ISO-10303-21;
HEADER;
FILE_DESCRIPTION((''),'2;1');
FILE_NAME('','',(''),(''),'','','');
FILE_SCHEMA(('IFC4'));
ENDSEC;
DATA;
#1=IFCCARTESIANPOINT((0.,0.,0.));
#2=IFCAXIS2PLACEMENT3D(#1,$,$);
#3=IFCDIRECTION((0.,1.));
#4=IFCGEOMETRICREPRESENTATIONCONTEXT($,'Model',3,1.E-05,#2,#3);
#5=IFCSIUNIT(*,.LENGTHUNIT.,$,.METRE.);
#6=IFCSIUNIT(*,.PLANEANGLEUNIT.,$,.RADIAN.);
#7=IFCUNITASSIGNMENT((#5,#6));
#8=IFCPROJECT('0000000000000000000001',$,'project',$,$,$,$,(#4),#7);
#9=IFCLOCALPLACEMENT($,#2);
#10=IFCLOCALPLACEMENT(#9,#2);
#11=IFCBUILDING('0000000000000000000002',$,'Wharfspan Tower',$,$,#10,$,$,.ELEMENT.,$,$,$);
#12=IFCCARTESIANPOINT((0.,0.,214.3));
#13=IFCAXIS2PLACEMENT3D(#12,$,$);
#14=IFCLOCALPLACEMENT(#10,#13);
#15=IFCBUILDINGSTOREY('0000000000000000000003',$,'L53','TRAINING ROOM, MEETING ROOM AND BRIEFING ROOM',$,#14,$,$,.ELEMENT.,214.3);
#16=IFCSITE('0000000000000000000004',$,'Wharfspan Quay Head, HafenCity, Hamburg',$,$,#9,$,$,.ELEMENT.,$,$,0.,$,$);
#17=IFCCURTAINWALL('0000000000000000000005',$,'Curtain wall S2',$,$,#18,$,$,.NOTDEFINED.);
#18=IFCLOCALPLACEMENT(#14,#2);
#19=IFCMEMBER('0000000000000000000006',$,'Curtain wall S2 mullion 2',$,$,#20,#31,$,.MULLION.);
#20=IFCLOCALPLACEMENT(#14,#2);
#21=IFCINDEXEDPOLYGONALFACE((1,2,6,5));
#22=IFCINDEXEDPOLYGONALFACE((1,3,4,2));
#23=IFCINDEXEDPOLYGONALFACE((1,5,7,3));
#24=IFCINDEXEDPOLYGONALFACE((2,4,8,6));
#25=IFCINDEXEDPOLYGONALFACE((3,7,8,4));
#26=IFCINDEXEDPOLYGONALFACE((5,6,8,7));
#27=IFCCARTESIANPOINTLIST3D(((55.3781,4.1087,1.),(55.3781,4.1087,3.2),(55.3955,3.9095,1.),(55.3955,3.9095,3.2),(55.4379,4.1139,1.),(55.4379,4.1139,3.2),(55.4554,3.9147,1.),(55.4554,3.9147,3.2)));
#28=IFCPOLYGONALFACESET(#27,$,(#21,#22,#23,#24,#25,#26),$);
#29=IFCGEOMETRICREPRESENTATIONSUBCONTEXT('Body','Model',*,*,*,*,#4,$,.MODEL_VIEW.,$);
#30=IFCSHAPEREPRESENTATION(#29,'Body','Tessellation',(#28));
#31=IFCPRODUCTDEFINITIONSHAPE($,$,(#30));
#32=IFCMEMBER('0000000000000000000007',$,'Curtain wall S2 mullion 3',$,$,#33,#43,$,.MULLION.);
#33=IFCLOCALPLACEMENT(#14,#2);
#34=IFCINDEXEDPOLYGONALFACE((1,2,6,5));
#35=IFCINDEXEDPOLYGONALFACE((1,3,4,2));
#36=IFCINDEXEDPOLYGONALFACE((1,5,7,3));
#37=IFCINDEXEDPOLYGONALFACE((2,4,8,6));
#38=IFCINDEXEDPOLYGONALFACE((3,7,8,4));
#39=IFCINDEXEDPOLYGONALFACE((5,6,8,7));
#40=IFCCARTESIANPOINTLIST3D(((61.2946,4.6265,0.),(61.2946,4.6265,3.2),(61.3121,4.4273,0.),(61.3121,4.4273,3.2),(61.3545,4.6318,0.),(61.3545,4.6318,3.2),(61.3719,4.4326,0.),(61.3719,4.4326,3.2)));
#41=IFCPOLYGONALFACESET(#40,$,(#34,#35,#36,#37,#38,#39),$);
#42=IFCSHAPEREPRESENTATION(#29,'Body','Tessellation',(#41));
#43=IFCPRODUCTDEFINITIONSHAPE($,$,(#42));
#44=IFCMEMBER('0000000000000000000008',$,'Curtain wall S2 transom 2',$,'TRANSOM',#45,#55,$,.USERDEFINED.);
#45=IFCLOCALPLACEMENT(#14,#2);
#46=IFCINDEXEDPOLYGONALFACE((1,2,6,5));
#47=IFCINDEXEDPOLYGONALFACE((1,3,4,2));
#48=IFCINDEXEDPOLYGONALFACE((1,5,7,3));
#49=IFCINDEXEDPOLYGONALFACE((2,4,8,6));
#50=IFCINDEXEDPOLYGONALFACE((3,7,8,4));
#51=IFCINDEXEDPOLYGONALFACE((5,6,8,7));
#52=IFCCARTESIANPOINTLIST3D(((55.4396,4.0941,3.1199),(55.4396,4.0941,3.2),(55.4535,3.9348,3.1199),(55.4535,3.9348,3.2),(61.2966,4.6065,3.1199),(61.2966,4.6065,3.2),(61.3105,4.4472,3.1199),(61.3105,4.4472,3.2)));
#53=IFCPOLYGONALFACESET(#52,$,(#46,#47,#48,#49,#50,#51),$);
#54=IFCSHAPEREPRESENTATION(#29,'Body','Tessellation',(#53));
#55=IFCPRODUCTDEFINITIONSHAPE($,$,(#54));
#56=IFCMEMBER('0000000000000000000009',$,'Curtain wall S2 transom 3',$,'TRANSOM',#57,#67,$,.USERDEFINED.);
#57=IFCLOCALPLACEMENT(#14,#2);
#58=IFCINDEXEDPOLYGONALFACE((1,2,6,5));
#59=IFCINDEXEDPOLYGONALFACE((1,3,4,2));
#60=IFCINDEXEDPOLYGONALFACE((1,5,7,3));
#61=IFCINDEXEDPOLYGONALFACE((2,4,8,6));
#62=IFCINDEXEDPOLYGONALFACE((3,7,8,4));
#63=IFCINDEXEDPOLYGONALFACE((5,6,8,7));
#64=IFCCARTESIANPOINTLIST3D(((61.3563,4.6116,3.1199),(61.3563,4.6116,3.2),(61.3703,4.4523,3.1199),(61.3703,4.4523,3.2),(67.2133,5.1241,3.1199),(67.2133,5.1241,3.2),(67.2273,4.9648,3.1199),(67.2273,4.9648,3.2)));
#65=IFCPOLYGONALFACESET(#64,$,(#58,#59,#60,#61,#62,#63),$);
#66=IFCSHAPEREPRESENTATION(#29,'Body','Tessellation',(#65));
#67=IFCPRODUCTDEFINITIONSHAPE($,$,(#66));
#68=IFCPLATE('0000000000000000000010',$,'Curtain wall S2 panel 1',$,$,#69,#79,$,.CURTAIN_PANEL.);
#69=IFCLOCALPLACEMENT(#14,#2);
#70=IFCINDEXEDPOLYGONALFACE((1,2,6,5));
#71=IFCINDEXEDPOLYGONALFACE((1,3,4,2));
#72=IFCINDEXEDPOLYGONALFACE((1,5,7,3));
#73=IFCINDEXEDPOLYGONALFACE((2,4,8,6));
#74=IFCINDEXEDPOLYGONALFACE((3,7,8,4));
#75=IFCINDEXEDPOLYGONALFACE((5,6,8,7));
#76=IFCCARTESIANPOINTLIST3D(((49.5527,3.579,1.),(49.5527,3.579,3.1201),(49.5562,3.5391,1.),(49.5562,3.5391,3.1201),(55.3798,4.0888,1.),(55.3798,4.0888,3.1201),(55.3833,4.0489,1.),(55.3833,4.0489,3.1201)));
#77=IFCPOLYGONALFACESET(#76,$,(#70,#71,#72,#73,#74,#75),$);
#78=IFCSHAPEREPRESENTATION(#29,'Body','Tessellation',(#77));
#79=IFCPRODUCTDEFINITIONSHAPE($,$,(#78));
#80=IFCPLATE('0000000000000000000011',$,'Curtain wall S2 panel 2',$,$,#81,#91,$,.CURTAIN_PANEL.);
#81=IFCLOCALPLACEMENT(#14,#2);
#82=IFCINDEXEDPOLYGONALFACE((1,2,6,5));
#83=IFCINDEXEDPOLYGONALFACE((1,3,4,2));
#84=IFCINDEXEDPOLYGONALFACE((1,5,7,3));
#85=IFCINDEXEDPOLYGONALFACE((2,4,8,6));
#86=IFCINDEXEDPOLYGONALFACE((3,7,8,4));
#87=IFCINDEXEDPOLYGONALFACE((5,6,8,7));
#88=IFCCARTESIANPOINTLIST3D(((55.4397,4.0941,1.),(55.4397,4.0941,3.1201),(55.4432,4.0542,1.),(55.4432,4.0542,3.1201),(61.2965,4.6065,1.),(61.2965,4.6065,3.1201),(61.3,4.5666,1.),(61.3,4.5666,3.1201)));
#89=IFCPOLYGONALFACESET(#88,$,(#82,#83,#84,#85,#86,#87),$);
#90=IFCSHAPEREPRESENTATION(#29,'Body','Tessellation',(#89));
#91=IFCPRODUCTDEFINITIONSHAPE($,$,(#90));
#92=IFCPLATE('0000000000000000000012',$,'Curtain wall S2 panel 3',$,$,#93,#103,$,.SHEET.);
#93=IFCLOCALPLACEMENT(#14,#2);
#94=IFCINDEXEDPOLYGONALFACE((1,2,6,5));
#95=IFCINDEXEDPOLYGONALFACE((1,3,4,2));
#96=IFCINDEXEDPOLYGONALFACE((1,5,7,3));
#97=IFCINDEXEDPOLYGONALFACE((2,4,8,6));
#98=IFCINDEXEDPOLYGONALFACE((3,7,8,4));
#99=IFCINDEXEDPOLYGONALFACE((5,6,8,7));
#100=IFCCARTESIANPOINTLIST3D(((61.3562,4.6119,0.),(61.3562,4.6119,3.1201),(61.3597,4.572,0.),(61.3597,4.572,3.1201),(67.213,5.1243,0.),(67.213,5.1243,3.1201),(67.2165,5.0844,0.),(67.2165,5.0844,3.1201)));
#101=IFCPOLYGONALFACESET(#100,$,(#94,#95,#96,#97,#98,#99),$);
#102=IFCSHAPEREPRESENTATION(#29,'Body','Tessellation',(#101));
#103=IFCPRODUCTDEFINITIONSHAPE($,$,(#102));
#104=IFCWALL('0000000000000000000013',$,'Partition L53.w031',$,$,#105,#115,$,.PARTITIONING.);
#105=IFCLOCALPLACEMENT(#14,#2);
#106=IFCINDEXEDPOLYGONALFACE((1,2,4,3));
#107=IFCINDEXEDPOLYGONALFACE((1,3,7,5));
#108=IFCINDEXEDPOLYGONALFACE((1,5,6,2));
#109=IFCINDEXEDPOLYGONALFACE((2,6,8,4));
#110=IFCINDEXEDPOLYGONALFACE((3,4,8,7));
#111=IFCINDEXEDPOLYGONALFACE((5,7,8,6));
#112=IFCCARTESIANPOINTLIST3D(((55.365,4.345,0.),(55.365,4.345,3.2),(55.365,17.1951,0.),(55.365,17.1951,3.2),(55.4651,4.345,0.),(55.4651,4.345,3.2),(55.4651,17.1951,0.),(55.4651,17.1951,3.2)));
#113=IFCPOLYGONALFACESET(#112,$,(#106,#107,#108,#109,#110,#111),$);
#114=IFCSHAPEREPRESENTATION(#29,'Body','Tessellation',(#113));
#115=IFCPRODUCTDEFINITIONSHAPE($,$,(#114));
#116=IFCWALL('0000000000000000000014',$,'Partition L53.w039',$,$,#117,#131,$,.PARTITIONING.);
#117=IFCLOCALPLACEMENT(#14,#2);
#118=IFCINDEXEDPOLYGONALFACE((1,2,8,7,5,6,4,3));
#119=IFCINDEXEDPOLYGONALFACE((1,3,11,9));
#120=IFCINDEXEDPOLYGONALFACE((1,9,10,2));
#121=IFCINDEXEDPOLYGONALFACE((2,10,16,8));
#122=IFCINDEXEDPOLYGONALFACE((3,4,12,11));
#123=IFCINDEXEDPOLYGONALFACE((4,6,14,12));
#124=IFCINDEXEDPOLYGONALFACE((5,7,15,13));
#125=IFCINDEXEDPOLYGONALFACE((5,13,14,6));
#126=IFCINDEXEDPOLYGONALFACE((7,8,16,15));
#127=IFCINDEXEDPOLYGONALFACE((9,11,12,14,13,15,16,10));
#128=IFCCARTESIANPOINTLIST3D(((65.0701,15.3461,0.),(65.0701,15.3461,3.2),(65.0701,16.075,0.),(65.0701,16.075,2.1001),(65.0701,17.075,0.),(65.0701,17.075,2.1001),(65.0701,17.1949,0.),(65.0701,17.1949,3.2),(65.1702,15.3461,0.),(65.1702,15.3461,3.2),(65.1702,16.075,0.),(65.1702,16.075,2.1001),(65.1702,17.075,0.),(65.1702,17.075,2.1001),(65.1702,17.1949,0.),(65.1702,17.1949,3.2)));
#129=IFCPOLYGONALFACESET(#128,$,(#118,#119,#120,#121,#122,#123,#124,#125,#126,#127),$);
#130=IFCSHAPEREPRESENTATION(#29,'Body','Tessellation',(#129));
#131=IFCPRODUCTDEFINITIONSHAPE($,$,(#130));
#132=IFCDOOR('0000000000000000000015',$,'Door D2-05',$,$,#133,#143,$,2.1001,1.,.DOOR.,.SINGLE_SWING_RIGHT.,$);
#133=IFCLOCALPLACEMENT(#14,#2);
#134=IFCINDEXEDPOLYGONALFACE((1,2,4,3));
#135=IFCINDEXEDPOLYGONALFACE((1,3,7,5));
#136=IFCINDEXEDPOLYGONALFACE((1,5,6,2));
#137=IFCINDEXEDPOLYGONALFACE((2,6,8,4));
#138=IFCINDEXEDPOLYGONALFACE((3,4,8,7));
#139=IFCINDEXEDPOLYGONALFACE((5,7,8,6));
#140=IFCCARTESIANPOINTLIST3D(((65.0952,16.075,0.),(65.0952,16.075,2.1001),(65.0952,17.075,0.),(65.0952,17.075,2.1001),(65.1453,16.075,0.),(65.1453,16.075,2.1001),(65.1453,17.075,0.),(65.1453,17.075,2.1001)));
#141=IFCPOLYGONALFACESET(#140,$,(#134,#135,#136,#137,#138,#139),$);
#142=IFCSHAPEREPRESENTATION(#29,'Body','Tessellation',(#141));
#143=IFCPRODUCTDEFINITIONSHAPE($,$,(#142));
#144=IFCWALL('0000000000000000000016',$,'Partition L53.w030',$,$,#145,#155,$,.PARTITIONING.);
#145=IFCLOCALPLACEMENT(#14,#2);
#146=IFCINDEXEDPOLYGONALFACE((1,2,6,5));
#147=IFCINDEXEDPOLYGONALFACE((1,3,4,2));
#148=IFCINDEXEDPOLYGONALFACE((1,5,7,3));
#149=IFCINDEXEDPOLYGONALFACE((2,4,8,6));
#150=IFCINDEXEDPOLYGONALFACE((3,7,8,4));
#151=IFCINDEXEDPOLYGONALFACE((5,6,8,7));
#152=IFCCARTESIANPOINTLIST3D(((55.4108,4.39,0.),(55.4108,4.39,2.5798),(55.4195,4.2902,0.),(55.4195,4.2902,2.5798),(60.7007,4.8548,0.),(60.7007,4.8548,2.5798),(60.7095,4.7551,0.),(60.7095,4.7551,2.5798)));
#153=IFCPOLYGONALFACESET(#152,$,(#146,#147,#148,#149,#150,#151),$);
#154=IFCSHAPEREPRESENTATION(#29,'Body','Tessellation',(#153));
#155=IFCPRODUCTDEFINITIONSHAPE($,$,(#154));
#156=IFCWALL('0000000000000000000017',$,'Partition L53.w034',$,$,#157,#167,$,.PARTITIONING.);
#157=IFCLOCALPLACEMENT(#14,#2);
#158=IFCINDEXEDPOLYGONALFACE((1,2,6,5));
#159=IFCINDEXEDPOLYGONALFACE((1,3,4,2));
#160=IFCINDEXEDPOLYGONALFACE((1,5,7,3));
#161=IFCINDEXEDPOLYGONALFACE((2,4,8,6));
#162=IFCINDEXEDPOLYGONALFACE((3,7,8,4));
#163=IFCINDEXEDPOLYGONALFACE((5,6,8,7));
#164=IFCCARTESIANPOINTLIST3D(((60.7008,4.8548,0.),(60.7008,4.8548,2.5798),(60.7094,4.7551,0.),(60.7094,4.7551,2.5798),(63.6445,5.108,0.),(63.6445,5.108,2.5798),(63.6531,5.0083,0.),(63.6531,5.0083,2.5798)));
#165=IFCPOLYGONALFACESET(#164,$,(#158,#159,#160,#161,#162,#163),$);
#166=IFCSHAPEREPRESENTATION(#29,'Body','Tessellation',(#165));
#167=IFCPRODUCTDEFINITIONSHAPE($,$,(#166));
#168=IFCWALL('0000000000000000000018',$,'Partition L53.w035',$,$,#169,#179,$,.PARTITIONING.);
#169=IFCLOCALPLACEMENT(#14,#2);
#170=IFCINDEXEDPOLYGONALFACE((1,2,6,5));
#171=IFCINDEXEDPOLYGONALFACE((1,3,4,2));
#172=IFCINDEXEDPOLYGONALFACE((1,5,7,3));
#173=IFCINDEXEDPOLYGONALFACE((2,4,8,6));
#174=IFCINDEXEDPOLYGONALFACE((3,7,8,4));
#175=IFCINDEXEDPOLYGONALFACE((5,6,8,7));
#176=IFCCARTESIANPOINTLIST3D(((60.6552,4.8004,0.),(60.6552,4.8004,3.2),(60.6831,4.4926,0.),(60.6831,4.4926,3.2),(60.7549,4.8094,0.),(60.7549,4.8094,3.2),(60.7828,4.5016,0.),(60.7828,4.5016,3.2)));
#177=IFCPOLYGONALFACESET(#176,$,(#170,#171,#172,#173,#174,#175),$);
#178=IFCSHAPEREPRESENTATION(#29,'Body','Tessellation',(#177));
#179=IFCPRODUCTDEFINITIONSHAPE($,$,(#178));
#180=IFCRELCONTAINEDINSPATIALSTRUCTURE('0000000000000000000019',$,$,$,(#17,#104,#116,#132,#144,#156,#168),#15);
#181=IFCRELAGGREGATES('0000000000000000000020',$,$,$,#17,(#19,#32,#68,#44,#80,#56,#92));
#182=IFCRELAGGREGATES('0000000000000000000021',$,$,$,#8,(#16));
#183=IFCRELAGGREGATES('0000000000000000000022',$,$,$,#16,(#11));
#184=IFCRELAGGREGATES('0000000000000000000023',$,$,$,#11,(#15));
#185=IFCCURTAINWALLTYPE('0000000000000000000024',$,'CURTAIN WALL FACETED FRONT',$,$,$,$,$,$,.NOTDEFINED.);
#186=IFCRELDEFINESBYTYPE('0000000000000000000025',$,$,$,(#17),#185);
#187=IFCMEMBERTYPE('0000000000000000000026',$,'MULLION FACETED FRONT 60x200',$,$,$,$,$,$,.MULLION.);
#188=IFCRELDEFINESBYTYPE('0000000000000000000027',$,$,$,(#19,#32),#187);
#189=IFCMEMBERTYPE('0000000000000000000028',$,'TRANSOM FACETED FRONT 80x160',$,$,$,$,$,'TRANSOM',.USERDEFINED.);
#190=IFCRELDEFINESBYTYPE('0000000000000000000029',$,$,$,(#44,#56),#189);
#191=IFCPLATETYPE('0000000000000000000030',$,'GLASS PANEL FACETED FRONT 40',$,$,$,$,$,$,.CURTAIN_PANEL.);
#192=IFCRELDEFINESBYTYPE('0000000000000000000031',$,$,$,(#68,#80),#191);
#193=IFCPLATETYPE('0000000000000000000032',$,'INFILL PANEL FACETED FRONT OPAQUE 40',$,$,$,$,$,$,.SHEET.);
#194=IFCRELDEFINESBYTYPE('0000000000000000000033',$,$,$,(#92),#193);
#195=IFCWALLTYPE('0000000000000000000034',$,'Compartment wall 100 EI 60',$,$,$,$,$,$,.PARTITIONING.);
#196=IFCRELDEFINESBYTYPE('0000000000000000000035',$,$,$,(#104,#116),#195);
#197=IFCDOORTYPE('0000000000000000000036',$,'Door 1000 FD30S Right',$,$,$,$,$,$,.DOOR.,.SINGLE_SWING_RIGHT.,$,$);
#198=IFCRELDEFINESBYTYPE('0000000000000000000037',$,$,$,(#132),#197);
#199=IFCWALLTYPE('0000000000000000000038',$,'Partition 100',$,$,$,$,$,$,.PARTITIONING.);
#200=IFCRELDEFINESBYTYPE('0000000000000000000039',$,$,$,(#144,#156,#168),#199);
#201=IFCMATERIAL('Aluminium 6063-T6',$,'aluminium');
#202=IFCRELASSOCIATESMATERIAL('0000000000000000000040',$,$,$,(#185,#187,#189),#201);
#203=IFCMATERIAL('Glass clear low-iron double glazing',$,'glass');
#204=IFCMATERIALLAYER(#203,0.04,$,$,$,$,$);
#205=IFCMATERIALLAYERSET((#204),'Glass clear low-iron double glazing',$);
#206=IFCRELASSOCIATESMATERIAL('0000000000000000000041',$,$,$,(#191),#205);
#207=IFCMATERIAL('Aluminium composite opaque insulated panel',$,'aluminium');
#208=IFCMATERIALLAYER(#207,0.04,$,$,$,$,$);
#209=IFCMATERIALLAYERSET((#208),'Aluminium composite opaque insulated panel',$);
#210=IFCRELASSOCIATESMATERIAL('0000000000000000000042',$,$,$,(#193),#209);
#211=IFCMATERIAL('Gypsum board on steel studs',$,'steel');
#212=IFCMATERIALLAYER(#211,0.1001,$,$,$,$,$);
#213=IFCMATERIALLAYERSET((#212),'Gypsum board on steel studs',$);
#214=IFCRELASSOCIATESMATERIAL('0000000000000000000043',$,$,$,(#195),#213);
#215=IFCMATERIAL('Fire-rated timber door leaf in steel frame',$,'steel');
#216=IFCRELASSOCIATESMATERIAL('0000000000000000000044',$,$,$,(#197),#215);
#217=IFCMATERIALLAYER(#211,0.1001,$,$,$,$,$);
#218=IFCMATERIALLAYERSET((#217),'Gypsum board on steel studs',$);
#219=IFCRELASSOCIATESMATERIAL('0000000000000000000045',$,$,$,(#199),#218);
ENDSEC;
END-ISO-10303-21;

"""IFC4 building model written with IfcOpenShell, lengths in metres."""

from ifc_helpers import new_model, si_unit, direction, frame, frame_2d, origin, origin_2d, place, context, subcontext, project, spatial, rectangle, extrude, material, layer, layer_set, material_profile, profile_set, type_object, element, fill, aggregate, save


model = new_model("IFC4")

# Units and contexts
model_context = context("Model", 3, precision=1e-05, world=origin(), true_north=direction((0.0, 1.0)))
body_context = subcontext(model_context, "Body", "Model", "MODEL_VIEW")
ifc_project = project(units=[si_unit("LENGTHUNIT", "METRE"), si_unit("PLANEANGLEUNIT", "RADIAN")], contexts=[model_context])

# Site, building, storey
site_placement = place(None, origin())
site = spatial("IfcSite", under=ifc_project, at=site_placement, Name="Wharfspan Quay Head, HafenCity, Hamburg", CompositionType="ELEMENT", RefElevation=0.0)
building_placement = place(site_placement, origin())
building = spatial("IfcBuilding", under=site, at=building_placement, Name="Wharfspan Tower", CompositionType="ELEMENT")
storey_placement = place(building_placement, frame((0.0, 0.0, 214.3)))
storey = spatial("IfcBuildingStorey", under=building, at=storey_placement, Name="L53", Description="TRAINING ROOM, MEETING ROOM AND BRIEFING ROOM", CompositionType="ELEMENT", Elevation=214.3)

# Curtain wall, members, plates
ifc_material_1 = material(Name="Aluminium 6063-T6", Category="aluminium")
curtain_wall_type = type_object("IfcCurtainWallType", Name="CURTAIN WALL FACETED FRONT", PredefinedType="NOTDEFINED", material=ifc_material_1)
curtain_wall_placement = place(storey_placement, origin())
curtain_wall = element("IfcCurtainWall", 1, at=curtain_wall_placement, inside=storey, type_object=curtain_wall_type, Name="Curtain wall S2", PredefinedType="NOTDEFINED")
ifc_material_profile_1 = material_profile(ifc_material_1, rectangle(XDim=0.2, YDim=0.0601, at=origin_2d()))
ifc_profile_set_1 = profile_set([ifc_material_profile_1], Name="Aluminium 6063-T6")
member_type_1 = type_object("IfcMemberType", Name="MULLION FACETED FRONT 60x200", PredefinedType="MULLION", material=ifc_profile_set_1)
member_1_placement = place(storey_placement, frame((55.4167, 4.0117, 1.0), z_axis=(0.0, 0.0, 1.0), x_axis=(-0.087156, 0.996197, 0.0)))
member_1 = element("IfcMember", 2, at=member_1_placement, type_object=member_type_1, Name="Curtain wall S2 mullion 2", PredefinedType="MULLION", context=body_context, shape_type="SweptSolid", body=[
    extrude(rectangle(XDim=0.2, YDim=0.0601, at=origin_2d()), origin(), (0.0, 0.0, 1.0), 2.2),
])
member_2_placement = place(storey_placement, frame((61.3333, 4.5295, 0.0), z_axis=(0.0, 0.0, 1.0), x_axis=(-0.087156, 0.996197, 0.0)))
member_2 = element("IfcMember", 3, at=member_2_placement, type_object=member_type_1, Name="Curtain wall S2 mullion 3", PredefinedType="MULLION", context=body_context, shape_type="SweptSolid", body=[
    extrude(rectangle(XDim=0.2, YDim=0.0601, at=origin_2d()), origin(), (0.0, 0.0, 1.0), 3.2),
])
ifc_material_profile_2 = material_profile(ifc_material_1, rectangle(XDim=0.1599, YDim=0.0801, at=origin_2d()))
ifc_profile_set_2 = profile_set([ifc_material_profile_2], Name="Aluminium 6063-T6")
member_type_2 = type_object("IfcMemberType", Name="TRANSOM FACETED FRONT 80x160", ElementType="TRANSOM", PredefinedType="USERDEFINED", material=ifc_profile_set_2)
member_3_placement = place(storey_placement, frame((55.4465, 4.0144, 3.1599), z_axis=(0.996194, 0.087162, 0.0), x_axis=(-0.087162, 0.996194, 0.0)))
member_3 = element("IfcMember", 4, at=member_3_placement, type_object=member_type_2, Name="Curtain wall S2 transom 2", ObjectType="TRANSOM", PredefinedType="USERDEFINED", context=body_context, shape_type="SweptSolid", body=[
    extrude(rectangle(XDim=0.1599, YDim=0.0801, at=origin_2d()), origin(), (0.0, 0.0, 1.0), 5.8794),
])
member_4_placement = place(storey_placement, frame((61.3633, 4.532, 3.1599), z_axis=(0.996194, 0.087162, 0.0), x_axis=(-0.087162, 0.996194, 0.0)))
member_4 = element("IfcMember", 5, at=member_4_placement, type_object=member_type_2, Name="Curtain wall S2 transom 3", ObjectType="TRANSOM", PredefinedType="USERDEFINED", context=body_context, shape_type="SweptSolid", body=[
    extrude(rectangle(XDim=0.1599, YDim=0.0801, at=origin_2d()), origin(), (0.0, 0.0, 1.0), 5.8794),
])
ifc_material_2 = material(Name="Glass clear low-iron double glazing", Category="glass")
ifc_layer_1 = layer(ifc_material_2, 0.04)
ifc_layer_set_1 = layer_set([ifc_layer_1], Name="Glass clear low-iron double glazing")
plate_type_1 = type_object("IfcPlateType", Name="GLASS PANEL FACETED FRONT 40", PredefinedType="CURTAIN_PANEL", material=ifc_layer_set_1)
plate_1_placement = place(storey_placement, frame((52.468, 3.814, 1.0), z_axis=(0.0, 0.0, 1.0), x_axis=(0.996197, 0.087156, 0.0)))
plate_1 = element("IfcPlate", 6, at=plate_1_placement, type_object=plate_type_1, Name="Curtain wall S2 panel 1", PredefinedType="CURTAIN_PANEL", context=body_context, shape_type="SweptSolid", body=[
    extrude(rectangle(XDim=5.8494, YDim=0.04, at=origin_2d()), origin(), (0.0, 0.0, 1.0), 2.1201),
])
plate_2_placement = place(storey_placement, frame((58.3699, 4.3303, 1.0), z_axis=(0.0, 0.0, 1.0), x_axis=(0.996197, 0.087156, 0.0)))
plate_2 = element("IfcPlate", 7, at=plate_2_placement, type_object=plate_type_1, Name="Curtain wall S2 panel 2", PredefinedType="CURTAIN_PANEL", context=body_context, shape_type="SweptSolid", body=[
    extrude(rectangle(XDim=5.8792, YDim=0.04, at=origin_2d()), origin(), (0.0, 0.0, 1.0), 2.1201),
])
ifc_material_3 = material(Name="Aluminium composite opaque insulated panel", Category="aluminium")
ifc_layer_2 = layer(ifc_material_3, 0.04)
ifc_layer_set_2 = layer_set([ifc_layer_2], Name="Aluminium composite opaque insulated panel")
plate_type_2 = type_object("IfcPlateType", Name="INFILL PANEL FACETED FRONT OPAQUE 40", PredefinedType="SHEET", material=ifc_layer_set_2)
plate_3_placement = place(storey_placement, frame((64.2864, 4.8481, 0.0), z_axis=(0.0, 0.0, 1.0), x_axis=(0.996197, 0.087156, 0.0)))
plate_3 = element("IfcPlate", 8, at=plate_3_placement, type_object=plate_type_2, Name="Curtain wall S2 panel 3", PredefinedType="SHEET", context=body_context, shape_type="SweptSolid", body=[
    extrude(rectangle(XDim=5.8792, YDim=0.04, at=origin_2d()), origin(), (0.0, 0.0, 1.0), 3.1201),
])
aggregate(curtain_wall, [member_1, member_2, plate_1, member_3, plate_2, member_4, plate_3])

# Wall
ifc_material_4 = material(Name="Gypsum board on steel studs", Category="steel")
ifc_layer_3 = layer(ifc_material_4, 0.1001)
ifc_layer_set_3 = layer_set([ifc_layer_3], Name="Gypsum board on steel studs")
wall_type_1 = type_object("IfcWallType", Name="Compartment wall 100 EI 60", PredefinedType="PARTITIONING", material=ifc_layer_set_3)
wall_1_placement = place(storey_placement, frame((55.415, 4.345, 0.0), z_axis=(0.0, 0.0, 1.0), x_axis=(0.0, 1.0, 0.0)))
element("IfcWall", 9, at=wall_1_placement, inside=storey, type_object=wall_type_1, Name="Partition L53.w031", PredefinedType="PARTITIONING", context=body_context, shape_type="SweptSolid", body=[
    extrude(rectangle(XDim=12.8501, YDim=0.1001, at=frame_2d((6.425, 0.0))), origin(), (0.0, 0.0, 1.0), 3.2),
])

# Wall, opening, door
wall_2_placement = place(storey_placement, frame((65.1201, 15.3462, 0.0), z_axis=(0.0, 0.0, 1.0), x_axis=(0.0, 1.0, 0.0)))
wall_2 = element("IfcWall", 10, at=wall_2_placement, inside=storey, type_object=wall_type_1, Name="Partition L53.w039", PredefinedType="PARTITIONING", context=body_context, shape_type="SweptSolid", body=[
    extrude(rectangle(XDim=1.8489, YDim=0.1001, at=frame_2d((0.9243, 0.0))), origin(), (0.0, 0.0, 1.0), 3.2),
])
opening_1_placement = place(wall_2_placement, frame((0.7288, 0.0, 0.0)))
opening_1 = element("IfcOpeningElement", 11, at=opening_1_placement, cuts=wall_2, PredefinedType="OPENING", context=body_context, shape_type="SweptSolid", body=[
    extrude(rectangle(XDim=1.0, YDim=2.1001, at=frame_2d((0.5, 1.05))), frame((0.0, 0.0601, 0.0), z_axis=(0.0, -1.0, 0.0), x_axis=(1.0, 0.0, 0.0)), (0.0, 0.0, 1.0), 0.1201),
])
ifc_material_5 = material(Name="Fire-rated timber door leaf in steel frame", Category="steel")
door_type_1 = type_object("IfcDoorType", Name="Door 1000 FD30S Right", OperationType="SINGLE_SWING_RIGHT", PredefinedType="DOOR", material=ifc_material_5)
door_1_placement = place(opening_1_placement, origin())
door_1 = element("IfcDoor", 12, at=door_1_placement, inside=storey, type_object=door_type_1, Name="Door D2-05", OperationType="SINGLE_SWING_RIGHT", OverallHeight=2.1001, OverallWidth=1.0, PredefinedType="DOOR", context=body_context, shape_type="SweptSolid", body=[
    extrude(rectangle(XDim=1.0, YDim=2.1001, at=frame_2d((0.5, 1.05))), frame((0.0, 0.0249, 0.0), z_axis=(0.0, -1.0, 0.0), x_axis=(1.0, 0.0, 0.0)), (0.0, 0.0, 1.0), 0.05),
])
fill(opening_1, door_1)

# Walls
ifc_layer_4 = layer(ifc_material_4, 0.1001)
ifc_layer_set_4 = layer_set([ifc_layer_4], Name="Gypsum board on steel studs")
wall_type_2 = type_object("IfcWallType", Name="Partition 100", PredefinedType="PARTITIONING", material=ifc_layer_set_4)
wall_3_placement = place(storey_placement, frame((55.415, 4.3401, 0.0), z_axis=(0.0, 0.0, 1.0), x_axis=(0.996159, 0.087534, 0.0)))
element("IfcWall", 13, at=wall_3_placement, inside=storey, type_object=wall_type_2, Name="Partition L53.w030", PredefinedType="PARTITIONING", context=body_context, shape_type="SweptSolid", body=[
    extrude(rectangle(XDim=5.3103, YDim=0.1001, at=frame_2d((2.6553, 0.0))), origin(), (0.0, 0.0, 1.0), 2.5798),
])
wall_4_placement = place(storey_placement, frame((60.7051, 4.8049, 0.0), z_axis=(0.0, 0.0, 1.0), x_axis=(0.996324, 0.085692, 0.0)))
element("IfcWall", 14, at=wall_4_placement, inside=storey, type_object=wall_type_2, Name="Partition L53.w034", PredefinedType="PARTITIONING", context=body_context, shape_type="SweptSolid", body=[
    extrude(rectangle(XDim=2.9546, YDim=0.1001, at=frame_2d((1.4773, 0.0))), origin(), (0.0, 0.0, 1.0), 2.5798),
])
wall_5_placement = place(storey_placement, frame((60.7329, 4.4971, 0.0), z_axis=(0.0, 0.0, 1.0), x_axis=(-0.090037, 0.995936, 0.0)))
element("IfcWall", 15, at=wall_5_placement, inside=storey, type_object=wall_type_2, Name="Partition L53.w035", PredefinedType="PARTITIONING", context=body_context, shape_type="SweptSolid", body=[
    extrude(rectangle(XDim=0.3091, YDim=0.1001, at=frame_2d((0.1545, 0.0))), origin(), (0.0, 0.0, 1.0), 3.2),
])

save(model, "model.ifc")
